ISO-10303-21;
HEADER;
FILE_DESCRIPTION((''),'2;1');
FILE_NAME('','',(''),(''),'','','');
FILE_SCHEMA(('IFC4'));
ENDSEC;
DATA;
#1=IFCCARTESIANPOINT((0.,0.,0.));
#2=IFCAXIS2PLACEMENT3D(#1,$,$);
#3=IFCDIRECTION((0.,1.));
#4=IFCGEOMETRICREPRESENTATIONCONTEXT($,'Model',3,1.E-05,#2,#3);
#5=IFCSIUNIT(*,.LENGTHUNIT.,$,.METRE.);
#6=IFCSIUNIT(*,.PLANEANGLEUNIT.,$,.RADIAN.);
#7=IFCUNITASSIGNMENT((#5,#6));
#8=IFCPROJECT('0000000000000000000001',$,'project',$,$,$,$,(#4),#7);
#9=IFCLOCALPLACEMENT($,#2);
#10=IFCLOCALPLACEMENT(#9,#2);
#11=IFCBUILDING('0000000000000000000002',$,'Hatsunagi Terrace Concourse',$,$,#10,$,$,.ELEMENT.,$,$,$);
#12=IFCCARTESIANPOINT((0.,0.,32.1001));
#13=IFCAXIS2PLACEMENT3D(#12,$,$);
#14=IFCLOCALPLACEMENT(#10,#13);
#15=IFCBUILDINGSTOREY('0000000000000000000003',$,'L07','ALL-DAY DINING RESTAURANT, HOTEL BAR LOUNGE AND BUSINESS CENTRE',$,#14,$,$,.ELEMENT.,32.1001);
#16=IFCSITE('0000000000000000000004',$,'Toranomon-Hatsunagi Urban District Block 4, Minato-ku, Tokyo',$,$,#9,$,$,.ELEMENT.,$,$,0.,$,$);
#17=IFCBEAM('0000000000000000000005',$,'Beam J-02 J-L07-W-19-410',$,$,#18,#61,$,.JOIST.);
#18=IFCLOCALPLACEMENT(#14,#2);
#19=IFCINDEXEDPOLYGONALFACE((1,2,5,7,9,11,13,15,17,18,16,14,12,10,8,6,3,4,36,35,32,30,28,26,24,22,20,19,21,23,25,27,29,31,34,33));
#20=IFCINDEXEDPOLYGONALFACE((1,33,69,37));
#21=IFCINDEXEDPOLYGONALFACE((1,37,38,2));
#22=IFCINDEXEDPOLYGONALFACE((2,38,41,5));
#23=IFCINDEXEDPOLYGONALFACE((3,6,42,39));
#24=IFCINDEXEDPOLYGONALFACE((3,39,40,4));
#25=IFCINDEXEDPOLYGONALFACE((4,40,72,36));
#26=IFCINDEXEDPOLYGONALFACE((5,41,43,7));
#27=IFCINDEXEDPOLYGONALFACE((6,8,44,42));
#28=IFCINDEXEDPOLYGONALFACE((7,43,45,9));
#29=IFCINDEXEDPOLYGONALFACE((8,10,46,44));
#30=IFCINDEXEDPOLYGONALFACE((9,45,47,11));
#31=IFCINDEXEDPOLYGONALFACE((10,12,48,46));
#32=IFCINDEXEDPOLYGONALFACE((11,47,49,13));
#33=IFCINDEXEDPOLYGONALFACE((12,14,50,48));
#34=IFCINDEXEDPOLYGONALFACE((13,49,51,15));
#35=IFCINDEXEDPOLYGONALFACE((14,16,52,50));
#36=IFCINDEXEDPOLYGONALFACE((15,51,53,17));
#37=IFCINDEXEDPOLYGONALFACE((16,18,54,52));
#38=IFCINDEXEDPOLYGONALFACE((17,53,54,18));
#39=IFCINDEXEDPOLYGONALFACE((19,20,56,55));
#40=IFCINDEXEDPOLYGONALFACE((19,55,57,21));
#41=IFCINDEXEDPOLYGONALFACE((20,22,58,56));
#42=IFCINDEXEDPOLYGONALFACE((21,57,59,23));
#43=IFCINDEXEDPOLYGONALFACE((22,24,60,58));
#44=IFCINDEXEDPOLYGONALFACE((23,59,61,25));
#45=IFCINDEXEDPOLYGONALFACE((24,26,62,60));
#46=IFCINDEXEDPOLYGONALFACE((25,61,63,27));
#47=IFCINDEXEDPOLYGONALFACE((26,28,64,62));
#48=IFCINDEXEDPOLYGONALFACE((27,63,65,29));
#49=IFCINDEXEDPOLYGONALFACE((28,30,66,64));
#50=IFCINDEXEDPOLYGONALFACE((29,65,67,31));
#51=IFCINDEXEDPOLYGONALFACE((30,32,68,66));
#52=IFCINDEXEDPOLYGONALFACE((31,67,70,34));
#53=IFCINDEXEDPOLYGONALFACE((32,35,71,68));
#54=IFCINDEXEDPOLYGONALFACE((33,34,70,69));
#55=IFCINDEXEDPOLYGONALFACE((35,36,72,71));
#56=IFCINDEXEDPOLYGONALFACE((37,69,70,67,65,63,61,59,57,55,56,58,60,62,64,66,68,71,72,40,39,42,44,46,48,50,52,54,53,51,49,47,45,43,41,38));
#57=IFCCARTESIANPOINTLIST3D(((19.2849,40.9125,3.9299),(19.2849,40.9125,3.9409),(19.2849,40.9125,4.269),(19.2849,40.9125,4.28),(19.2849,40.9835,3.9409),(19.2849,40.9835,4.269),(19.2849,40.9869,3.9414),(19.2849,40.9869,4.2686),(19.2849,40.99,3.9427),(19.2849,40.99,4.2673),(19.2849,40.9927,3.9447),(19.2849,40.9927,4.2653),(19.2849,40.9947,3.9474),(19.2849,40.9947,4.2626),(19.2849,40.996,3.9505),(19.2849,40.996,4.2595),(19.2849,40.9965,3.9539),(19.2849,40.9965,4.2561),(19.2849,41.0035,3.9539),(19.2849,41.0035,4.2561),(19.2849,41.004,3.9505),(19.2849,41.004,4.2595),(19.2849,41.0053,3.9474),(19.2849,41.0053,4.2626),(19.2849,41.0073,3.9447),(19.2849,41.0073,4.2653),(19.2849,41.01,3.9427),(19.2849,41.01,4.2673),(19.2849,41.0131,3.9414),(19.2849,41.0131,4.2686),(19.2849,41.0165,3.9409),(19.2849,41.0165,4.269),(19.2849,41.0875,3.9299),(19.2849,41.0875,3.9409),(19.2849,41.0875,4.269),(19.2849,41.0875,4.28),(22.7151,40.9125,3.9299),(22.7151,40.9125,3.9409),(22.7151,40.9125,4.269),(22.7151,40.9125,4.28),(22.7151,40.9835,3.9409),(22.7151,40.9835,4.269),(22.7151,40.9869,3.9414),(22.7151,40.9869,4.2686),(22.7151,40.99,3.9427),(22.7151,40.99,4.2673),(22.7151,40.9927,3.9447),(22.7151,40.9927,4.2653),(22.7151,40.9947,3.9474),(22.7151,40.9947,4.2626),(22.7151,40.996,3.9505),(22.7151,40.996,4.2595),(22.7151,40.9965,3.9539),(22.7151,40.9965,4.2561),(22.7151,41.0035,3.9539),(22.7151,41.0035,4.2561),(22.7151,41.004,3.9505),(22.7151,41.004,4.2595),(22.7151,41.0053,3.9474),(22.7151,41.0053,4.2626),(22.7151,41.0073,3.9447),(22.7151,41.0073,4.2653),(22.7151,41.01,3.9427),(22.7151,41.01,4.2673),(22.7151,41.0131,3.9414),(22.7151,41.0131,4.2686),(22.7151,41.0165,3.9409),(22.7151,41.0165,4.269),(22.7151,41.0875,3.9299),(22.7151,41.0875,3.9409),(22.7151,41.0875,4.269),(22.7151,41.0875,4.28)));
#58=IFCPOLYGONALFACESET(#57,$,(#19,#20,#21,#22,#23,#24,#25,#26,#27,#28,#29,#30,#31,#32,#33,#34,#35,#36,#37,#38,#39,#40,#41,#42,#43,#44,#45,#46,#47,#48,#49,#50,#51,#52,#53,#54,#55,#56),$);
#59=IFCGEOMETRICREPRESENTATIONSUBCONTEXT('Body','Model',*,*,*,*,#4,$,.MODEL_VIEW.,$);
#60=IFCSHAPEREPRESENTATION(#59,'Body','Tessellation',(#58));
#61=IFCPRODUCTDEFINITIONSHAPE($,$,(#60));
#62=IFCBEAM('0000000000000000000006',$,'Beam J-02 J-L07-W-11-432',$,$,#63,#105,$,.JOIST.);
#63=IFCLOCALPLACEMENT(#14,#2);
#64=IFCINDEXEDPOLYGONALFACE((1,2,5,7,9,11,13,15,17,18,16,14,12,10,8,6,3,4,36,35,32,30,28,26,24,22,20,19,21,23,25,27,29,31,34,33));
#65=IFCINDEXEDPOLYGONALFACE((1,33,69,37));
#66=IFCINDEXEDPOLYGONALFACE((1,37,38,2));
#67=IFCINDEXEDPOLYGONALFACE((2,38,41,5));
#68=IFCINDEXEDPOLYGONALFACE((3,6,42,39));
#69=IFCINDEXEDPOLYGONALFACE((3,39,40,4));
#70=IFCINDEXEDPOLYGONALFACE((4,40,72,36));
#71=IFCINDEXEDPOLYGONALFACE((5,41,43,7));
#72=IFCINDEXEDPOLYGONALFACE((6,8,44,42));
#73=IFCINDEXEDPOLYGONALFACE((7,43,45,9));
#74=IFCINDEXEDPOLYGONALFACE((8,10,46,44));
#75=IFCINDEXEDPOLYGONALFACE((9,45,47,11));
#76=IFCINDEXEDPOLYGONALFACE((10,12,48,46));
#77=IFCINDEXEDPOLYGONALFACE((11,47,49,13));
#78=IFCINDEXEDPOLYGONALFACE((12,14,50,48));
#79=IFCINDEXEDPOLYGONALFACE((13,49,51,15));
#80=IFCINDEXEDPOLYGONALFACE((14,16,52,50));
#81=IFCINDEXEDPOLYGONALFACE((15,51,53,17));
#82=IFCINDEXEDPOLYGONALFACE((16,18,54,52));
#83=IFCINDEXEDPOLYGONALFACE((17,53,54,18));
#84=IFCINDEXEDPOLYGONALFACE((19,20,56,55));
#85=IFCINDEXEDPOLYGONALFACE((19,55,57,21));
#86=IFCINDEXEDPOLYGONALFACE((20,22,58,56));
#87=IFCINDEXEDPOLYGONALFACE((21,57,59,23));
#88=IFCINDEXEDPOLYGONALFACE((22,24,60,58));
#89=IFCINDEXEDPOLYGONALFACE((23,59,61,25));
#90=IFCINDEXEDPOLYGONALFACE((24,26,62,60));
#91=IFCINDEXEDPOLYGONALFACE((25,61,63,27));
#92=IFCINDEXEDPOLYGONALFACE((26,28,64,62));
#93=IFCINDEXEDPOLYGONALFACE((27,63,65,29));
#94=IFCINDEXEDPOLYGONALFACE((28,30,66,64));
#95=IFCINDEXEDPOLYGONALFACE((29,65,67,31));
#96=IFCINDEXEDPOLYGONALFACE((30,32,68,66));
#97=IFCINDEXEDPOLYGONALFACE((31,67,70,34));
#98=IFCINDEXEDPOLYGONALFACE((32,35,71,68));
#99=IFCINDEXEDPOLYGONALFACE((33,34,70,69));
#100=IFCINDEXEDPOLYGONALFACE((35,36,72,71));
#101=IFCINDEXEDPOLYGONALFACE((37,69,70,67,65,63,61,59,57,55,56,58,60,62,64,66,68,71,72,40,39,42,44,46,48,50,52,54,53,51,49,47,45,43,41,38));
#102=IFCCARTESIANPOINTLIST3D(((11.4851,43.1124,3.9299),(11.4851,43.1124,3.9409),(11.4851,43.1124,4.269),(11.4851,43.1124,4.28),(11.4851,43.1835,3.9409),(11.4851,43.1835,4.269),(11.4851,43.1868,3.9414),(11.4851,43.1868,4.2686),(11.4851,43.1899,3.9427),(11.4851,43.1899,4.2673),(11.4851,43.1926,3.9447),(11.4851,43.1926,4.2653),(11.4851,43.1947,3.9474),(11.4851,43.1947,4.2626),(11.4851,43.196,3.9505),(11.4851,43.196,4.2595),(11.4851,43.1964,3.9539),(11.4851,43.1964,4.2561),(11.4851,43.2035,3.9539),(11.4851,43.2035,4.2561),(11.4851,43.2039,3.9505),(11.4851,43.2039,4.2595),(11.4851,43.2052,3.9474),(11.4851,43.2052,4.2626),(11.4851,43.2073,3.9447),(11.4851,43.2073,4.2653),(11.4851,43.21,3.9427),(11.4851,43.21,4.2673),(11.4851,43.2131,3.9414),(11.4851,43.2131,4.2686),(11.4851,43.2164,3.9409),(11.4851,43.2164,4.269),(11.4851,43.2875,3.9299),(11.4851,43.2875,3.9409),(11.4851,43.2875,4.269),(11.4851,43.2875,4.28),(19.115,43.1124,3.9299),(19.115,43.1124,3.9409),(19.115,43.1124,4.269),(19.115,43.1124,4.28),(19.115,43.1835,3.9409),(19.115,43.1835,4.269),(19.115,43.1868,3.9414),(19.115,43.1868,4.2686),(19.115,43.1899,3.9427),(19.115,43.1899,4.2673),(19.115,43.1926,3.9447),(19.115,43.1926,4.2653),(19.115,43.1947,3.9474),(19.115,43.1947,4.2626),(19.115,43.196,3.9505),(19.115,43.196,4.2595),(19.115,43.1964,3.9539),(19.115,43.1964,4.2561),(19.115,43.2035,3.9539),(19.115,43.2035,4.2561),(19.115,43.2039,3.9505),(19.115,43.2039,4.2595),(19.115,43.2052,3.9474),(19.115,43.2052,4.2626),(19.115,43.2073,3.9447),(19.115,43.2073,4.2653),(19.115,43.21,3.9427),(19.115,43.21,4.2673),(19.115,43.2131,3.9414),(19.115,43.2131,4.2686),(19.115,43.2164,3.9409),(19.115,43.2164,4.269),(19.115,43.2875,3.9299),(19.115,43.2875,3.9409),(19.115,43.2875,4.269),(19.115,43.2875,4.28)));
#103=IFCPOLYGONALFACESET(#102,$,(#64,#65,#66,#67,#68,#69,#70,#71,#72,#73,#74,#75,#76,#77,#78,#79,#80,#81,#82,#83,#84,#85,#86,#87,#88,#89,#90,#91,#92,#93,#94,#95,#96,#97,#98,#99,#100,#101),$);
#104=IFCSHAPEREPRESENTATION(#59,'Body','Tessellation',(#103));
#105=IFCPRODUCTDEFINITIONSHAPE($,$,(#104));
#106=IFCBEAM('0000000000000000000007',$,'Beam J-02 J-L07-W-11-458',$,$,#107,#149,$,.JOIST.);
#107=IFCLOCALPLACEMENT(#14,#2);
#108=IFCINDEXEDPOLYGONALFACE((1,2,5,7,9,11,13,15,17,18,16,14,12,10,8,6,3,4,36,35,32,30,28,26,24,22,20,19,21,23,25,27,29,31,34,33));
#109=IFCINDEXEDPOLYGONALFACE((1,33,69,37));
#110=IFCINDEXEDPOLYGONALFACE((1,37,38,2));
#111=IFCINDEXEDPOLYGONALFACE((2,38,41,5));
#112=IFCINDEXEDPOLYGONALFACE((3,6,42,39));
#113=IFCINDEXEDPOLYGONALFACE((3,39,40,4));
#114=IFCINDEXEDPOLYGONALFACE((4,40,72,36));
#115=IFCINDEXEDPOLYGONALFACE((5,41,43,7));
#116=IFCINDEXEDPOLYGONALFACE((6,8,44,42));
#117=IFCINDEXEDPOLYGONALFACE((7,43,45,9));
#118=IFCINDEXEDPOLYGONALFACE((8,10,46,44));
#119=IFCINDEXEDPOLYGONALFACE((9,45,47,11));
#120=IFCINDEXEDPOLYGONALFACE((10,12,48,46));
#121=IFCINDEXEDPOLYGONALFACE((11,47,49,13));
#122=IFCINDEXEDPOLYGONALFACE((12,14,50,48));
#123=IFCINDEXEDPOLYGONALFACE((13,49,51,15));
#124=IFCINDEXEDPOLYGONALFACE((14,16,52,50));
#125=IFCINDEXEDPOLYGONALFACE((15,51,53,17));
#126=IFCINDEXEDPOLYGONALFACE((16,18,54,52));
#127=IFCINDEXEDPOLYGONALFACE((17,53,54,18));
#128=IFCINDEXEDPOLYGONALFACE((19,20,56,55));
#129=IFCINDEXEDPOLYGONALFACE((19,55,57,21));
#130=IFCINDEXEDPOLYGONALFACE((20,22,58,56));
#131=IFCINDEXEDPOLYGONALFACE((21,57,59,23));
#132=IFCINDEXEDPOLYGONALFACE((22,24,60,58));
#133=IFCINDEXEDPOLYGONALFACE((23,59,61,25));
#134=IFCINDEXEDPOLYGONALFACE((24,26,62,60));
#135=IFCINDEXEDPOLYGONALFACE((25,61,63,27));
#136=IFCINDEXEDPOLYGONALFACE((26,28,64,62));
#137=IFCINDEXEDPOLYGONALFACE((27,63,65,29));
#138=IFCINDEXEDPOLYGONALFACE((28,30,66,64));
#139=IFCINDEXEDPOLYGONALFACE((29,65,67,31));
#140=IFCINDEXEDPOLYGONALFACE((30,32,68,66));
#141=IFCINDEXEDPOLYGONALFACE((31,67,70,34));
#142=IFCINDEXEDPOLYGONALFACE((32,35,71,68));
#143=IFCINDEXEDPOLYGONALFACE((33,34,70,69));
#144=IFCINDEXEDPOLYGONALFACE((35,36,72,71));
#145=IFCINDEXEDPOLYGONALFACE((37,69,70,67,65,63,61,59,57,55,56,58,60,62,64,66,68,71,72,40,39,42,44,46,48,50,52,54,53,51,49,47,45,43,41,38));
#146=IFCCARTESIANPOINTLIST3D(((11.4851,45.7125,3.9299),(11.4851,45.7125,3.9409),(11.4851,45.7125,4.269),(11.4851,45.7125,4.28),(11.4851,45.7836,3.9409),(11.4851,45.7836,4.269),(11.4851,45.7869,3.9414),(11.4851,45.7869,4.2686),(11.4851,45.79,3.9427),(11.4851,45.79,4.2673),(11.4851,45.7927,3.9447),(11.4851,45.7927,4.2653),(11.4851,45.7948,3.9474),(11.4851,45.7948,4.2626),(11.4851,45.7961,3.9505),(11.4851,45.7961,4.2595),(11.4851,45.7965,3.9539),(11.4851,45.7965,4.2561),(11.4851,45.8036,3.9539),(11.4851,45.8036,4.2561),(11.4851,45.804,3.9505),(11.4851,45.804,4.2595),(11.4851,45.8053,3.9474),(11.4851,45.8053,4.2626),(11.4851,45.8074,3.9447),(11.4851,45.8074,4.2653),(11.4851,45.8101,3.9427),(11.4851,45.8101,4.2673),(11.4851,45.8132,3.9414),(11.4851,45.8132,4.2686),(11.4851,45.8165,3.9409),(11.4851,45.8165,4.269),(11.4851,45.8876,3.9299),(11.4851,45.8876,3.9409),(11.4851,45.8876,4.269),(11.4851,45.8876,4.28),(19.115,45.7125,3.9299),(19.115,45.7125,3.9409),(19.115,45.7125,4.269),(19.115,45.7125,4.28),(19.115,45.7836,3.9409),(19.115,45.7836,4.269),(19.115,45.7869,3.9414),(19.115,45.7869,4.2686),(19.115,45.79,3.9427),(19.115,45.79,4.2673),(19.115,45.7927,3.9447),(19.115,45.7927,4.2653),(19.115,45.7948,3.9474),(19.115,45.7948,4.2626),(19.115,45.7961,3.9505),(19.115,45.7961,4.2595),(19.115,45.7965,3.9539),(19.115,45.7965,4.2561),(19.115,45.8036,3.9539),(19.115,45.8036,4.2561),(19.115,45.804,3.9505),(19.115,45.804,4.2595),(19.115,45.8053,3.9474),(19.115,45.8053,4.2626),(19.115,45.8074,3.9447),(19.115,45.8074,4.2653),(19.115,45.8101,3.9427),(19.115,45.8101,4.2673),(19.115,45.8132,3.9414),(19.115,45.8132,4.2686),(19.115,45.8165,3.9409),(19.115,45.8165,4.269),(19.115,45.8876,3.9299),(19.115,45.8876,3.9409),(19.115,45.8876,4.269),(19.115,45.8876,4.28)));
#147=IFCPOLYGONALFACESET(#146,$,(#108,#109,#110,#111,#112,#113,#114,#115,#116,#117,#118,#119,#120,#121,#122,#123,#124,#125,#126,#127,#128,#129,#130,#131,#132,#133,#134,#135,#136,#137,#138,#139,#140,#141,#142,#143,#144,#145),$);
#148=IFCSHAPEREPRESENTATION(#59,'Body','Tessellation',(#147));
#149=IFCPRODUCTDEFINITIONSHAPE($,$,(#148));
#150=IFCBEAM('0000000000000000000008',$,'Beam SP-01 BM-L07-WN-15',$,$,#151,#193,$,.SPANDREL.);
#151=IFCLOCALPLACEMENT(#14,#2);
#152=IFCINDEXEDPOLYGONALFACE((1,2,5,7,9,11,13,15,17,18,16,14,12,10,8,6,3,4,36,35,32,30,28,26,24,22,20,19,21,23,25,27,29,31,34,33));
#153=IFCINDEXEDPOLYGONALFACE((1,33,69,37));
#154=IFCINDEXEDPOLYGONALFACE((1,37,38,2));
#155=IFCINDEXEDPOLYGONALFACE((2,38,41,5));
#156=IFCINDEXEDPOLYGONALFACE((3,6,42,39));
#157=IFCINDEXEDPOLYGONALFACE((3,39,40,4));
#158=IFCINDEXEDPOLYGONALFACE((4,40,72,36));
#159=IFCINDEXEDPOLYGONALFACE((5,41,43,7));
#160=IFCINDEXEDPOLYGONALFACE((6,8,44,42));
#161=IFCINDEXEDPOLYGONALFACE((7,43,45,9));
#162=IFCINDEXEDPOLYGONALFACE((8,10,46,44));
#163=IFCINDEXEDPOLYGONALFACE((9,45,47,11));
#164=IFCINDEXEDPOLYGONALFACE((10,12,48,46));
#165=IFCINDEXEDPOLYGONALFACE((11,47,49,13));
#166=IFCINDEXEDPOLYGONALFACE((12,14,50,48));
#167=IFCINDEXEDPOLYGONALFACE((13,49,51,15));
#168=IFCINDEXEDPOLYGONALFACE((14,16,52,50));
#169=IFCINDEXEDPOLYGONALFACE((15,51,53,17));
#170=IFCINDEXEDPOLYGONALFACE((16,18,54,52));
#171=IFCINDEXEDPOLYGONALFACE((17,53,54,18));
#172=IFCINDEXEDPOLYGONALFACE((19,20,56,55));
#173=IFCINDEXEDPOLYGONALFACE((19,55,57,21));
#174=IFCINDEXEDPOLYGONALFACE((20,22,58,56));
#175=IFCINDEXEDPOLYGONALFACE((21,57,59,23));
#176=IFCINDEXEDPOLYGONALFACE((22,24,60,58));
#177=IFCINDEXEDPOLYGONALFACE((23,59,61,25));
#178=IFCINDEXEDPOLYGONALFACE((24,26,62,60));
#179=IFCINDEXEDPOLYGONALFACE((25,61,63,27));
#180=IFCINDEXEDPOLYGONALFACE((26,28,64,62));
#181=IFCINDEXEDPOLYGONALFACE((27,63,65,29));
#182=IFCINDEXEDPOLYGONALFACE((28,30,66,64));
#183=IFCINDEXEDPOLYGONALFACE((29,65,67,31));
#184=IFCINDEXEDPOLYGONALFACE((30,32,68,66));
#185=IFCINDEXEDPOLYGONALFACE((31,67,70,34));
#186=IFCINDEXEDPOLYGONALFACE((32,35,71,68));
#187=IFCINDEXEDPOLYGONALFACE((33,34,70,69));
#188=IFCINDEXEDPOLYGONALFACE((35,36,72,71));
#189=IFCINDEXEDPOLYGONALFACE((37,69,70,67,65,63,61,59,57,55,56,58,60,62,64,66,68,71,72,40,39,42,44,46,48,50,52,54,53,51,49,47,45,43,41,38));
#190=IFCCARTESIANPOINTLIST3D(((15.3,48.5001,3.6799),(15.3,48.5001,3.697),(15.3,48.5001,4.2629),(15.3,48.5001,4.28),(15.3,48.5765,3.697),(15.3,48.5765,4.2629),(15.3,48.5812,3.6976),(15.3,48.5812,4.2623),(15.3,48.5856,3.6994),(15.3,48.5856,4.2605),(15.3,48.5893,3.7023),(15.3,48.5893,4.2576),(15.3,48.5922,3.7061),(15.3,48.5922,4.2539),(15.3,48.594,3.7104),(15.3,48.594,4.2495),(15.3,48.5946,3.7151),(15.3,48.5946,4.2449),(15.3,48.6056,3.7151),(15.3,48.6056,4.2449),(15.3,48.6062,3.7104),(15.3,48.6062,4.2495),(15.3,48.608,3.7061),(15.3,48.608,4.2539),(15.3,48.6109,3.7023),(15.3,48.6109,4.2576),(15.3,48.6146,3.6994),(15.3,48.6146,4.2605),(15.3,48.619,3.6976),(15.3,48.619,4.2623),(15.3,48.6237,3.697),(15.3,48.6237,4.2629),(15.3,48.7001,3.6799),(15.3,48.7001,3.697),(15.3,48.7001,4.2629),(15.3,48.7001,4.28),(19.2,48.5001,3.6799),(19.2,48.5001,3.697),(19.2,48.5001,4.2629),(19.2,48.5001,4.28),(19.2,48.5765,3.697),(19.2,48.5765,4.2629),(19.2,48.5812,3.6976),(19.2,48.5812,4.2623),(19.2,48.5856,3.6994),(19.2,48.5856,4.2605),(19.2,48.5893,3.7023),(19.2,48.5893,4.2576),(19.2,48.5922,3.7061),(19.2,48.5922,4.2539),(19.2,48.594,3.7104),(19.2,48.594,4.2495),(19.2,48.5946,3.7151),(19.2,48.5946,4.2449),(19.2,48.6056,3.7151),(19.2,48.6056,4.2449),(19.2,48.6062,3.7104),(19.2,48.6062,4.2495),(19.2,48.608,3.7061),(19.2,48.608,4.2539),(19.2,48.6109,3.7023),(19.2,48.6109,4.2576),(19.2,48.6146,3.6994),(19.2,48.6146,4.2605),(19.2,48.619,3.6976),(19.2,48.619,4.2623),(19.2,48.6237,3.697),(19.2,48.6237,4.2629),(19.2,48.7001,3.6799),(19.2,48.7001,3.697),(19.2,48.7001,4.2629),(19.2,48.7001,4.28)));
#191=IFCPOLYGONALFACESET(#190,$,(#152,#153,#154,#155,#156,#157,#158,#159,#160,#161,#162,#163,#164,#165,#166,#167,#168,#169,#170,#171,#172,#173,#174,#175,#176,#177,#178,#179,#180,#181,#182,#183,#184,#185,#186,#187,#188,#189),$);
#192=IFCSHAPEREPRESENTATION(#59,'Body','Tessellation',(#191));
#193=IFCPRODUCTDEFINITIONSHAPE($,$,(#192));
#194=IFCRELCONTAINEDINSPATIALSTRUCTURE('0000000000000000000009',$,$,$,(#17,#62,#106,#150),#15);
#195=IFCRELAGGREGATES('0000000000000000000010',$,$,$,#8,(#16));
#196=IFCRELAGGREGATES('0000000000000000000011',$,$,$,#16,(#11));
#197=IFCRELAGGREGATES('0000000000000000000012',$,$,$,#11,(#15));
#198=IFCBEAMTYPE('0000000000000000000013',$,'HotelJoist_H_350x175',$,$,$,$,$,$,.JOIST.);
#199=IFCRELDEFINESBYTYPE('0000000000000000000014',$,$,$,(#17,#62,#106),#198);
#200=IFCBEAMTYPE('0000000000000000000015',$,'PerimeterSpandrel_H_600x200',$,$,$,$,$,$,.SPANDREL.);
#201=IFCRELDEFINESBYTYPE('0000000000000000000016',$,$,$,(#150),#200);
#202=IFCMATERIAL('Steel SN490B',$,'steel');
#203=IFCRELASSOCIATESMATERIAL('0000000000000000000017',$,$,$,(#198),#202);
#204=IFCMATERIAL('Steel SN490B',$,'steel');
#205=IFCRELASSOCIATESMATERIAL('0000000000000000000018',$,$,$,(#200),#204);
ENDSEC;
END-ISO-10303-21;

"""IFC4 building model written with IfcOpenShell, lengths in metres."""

from ifc_helpers import new_model, si_unit, direction, frame, origin, origin_2d, place, context, subcontext, project, spatial, i_section, extrude, material, material_profile, profile_set, type_object, element, save


model = new_model("IFC4")

# Units and contexts
model_context = context("Model", 3, precision=1e-05, world=origin(), true_north=direction((0.0, 1.0)))
body_context = subcontext(model_context, "Body", "Model", "MODEL_VIEW")
ifc_project = project(units=[si_unit("LENGTHUNIT", "METRE"), si_unit("PLANEANGLEUNIT", "RADIAN")], contexts=[model_context])

# Site, building, storey
site_placement = place(None, origin())
site = spatial("IfcSite", under=ifc_project, at=site_placement, Name="Toranomon-Hatsunagi Urban District Block 4, Minato-ku, Tokyo", CompositionType="ELEMENT", RefElevation=0.0)
building_placement = place(site_placement, origin())
building = spatial("IfcBuilding", under=site, at=building_placement, Name="Hatsunagi Terrace Concourse", CompositionType="ELEMENT")
storey_placement = place(building_placement, frame((0.0, 0.0, 32.1001)))
storey = spatial("IfcBuildingStorey", under=building, at=storey_placement, Name="L07", Description="ALL-DAY DINING RESTAURANT, HOTEL BAR LOUNGE AND BUSINESS CENTRE", CompositionType="ELEMENT", Elevation=32.1001)

# Beams
ifc_material_1 = material(Name="Steel SN490B", Category="steel")
ifc_material_profile_1 = material_profile(ifc_material_1, i_section(OverallWidth=0.175, OverallDepth=0.3501, WebThickness=0.0071, FlangeThickness=0.011, FilletRadius=0.0129, at=origin_2d()), Name="H-350x175x7x11")
ifc_profile_set_1 = profile_set([ifc_material_profile_1], Name="Steel SN490B")
beam_type_1 = type_object("IfcBeamType", Name="HotelJoist_H_350x175", PredefinedType="JOIST", material=ifc_profile_set_1)
beam_1_placement = place(storey_placement, frame((19.2849, 41.0, 4.105), z_axis=(1.0, 0.0, 0.0), x_axis=(0.0, 1.0, 0.0)))
element("IfcBeam", 1, at=beam_1_placement, inside=storey, type_object=beam_type_1, Name="Beam J-02 J-L07-W-19-410", PredefinedType="JOIST", context=body_context, shape_type="SweptSolid", body=[
    extrude(i_section(OverallWidth=0.175, OverallDepth=0.3501, WebThickness=0.0071, FlangeThickness=0.011, FilletRadius=0.0129, at=origin_2d()), origin(), (0.0, 0.0, 1.0), 3.4302),
])
for number, where, z_axis, x_axis, name in (
    (2, (11.4851, 43.2, 4.105), (1.0, 0.0, 0.0), (0.0, 1.0, 0.0), "Beam J-02 J-L07-W-11-432"),
    (3, (11.4851, 45.8, 4.105), (1.0, 0.0, 0.0), (0.0, 1.0, 0.0), "Beam J-02 J-L07-W-11-458"),
):
    element("IfcBeam", number, at=place(storey_placement, frame(where, z_axis=z_axis, x_axis=x_axis)), inside=storey, type_object=beam_type_1, Name=name, PredefinedType="JOIST", context=body_context, shape_type="SweptSolid", body=[
        extrude(i_section(OverallWidth=0.175, OverallDepth=0.3501, WebThickness=0.0071, FlangeThickness=0.011, FilletRadius=0.0129, at=origin_2d()), origin(), (0.0, 0.0, 1.0), 7.6299),
    ])
ifc_material_2 = material(Name="Steel SN490B", Category="steel")
ifc_material_profile_2 = material_profile(ifc_material_2, i_section(OverallWidth=0.2, OverallDepth=0.6001, WebThickness=0.011, FlangeThickness=0.0171, FilletRadius=0.0181, at=origin_2d()), Name="H-600x200x11x17")
ifc_profile_set_2 = profile_set([ifc_material_profile_2], Name="Steel SN490B")
beam_type_2 = type_object("IfcBeamType", Name="PerimeterSpandrel_H_600x200", PredefinedType="SPANDREL", material=ifc_profile_set_2)
beam_2_placement = place(storey_placement, frame((15.3, 48.6001, 3.98), z_axis=(1.0, 0.0, 0.0), x_axis=(0.0, 1.0, 0.0)))
element("IfcBeam", 4, at=beam_2_placement, inside=storey, type_object=beam_type_2, Name="Beam SP-01 BM-L07-WN-15", PredefinedType="SPANDREL", context=body_context, shape_type="SweptSolid", body=[
    extrude(i_section(OverallWidth=0.2, OverallDepth=0.6001, WebThickness=0.011, FlangeThickness=0.0171, FilletRadius=0.0181, at=origin_2d()), origin(), (0.0, 0.0, 1.0), 3.8999),
])

save(model, "model.ifc")
